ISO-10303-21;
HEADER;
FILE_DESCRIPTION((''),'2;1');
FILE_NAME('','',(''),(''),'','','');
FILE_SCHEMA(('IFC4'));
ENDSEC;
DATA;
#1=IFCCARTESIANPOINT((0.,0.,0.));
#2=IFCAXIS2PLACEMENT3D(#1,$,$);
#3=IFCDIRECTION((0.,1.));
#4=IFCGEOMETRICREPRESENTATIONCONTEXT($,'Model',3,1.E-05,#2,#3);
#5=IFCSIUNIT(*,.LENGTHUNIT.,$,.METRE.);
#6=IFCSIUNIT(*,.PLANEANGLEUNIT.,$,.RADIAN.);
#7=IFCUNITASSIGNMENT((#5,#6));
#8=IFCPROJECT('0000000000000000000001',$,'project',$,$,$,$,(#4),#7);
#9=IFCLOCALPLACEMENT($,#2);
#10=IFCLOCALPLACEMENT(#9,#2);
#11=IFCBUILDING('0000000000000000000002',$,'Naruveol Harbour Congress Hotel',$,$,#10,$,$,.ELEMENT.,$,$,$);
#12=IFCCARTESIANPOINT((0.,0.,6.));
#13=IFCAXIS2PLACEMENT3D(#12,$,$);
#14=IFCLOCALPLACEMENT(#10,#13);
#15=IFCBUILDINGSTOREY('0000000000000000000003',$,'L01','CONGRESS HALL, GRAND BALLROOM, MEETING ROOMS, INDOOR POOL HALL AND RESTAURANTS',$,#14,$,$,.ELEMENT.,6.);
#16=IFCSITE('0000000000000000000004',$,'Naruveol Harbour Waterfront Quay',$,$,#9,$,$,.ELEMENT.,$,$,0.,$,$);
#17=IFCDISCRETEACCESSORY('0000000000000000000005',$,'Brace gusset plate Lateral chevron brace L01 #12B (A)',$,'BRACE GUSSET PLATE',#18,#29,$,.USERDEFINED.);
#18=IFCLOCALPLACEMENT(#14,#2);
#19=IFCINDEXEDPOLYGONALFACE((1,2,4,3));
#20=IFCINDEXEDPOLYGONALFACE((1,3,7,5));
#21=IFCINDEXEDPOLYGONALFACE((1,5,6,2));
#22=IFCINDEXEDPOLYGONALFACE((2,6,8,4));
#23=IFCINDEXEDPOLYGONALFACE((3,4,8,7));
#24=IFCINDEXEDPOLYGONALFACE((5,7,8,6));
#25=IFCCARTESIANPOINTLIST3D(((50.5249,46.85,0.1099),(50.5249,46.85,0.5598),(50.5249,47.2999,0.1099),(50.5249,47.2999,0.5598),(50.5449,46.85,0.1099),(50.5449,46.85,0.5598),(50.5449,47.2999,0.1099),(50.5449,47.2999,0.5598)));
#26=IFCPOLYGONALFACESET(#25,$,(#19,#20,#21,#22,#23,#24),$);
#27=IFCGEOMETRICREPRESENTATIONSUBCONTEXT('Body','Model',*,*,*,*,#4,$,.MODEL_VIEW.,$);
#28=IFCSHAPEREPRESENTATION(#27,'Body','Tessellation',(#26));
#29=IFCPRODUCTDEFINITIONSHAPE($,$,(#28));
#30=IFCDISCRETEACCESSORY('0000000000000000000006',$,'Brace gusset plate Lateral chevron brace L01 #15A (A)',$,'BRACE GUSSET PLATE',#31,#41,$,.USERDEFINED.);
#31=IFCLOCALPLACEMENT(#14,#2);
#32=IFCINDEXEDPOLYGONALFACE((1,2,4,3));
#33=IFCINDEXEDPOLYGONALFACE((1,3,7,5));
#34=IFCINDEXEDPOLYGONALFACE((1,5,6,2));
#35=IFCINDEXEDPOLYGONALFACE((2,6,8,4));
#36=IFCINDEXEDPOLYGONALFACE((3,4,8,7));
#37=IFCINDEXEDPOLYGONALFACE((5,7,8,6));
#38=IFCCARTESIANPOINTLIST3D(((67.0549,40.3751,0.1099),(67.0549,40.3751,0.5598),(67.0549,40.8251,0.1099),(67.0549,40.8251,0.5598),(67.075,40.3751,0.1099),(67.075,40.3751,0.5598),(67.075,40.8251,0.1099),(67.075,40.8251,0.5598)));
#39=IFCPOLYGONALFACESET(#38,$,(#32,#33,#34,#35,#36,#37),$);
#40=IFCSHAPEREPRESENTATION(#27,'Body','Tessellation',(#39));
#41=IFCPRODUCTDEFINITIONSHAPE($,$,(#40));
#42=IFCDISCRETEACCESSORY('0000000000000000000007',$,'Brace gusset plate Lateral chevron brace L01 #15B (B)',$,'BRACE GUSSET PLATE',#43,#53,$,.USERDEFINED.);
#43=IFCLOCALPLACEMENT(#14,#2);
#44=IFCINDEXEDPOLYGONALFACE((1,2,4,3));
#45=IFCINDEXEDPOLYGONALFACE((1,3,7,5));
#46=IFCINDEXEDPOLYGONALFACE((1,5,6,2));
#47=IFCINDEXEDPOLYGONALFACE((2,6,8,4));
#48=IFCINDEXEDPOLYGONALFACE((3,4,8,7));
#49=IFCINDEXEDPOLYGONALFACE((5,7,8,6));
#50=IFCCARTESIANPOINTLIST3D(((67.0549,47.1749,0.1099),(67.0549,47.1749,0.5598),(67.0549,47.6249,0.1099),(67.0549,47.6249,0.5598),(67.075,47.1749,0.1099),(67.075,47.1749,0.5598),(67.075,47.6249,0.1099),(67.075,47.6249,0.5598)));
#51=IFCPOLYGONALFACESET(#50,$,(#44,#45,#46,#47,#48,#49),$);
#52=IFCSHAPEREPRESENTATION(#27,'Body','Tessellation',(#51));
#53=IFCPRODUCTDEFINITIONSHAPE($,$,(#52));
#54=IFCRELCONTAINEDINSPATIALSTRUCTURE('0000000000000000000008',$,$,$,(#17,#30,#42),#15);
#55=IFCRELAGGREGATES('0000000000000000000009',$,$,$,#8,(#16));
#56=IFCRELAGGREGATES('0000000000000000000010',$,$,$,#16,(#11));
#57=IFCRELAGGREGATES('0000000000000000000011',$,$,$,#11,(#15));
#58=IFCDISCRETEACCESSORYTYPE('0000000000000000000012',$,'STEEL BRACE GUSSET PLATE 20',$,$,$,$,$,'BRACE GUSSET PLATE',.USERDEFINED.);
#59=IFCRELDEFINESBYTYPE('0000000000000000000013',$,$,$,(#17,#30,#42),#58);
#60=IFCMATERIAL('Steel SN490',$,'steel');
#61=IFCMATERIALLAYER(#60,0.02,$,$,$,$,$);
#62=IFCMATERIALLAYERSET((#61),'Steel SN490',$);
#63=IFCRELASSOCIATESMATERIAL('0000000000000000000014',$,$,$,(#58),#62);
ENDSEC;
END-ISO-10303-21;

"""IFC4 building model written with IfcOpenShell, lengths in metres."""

from ifc_helpers import new_model, si_unit, direction, frame, origin, origin_2d, place, context, subcontext, project, spatial, rectangle, extrude, material, layer, layer_set, type_object, element, save


model = new_model("IFC4")

# Units and contexts
model_context = context("Model", 3, precision=1e-05, world=origin(), true_north=direction((0.0, 1.0)))
body_context = subcontext(model_context, "Body", "Model", "MODEL_VIEW")
ifc_project = project(units=[si_unit("LENGTHUNIT", "METRE"), si_unit("PLANEANGLEUNIT", "RADIAN")], contexts=[model_context])

# Site, building, storey
site_placement = place(None, origin())
site = spatial("IfcSite", under=ifc_project, at=site_placement, Name="Naruveol Harbour Waterfront Quay", CompositionType="ELEMENT", RefElevation=0.0)
building_placement = place(site_placement, origin())
building = spatial("IfcBuilding", under=site, at=building_placement, Name="Naruveol Harbour Congress Hotel", CompositionType="ELEMENT")
storey_placement = place(building_placement, frame((0.0, 0.0, 6.0)))
storey = spatial("IfcBuildingStorey", under=building, at=storey_placement, Name="L01", Description="CONGRESS HALL, GRAND BALLROOM, MEETING ROOMS, INDOOR POOL HALL AND RESTAURANTS", CompositionType="ELEMENT", Elevation=6.0)

# Discrete accessories
ifc_material_1 = material(Name="Steel SN490", Category="steel")
ifc_layer_1 = layer(ifc_material_1, 0.02)
ifc_layer_set_1 = layer_set([ifc_layer_1], Name="Steel SN490")
discrete_accessory_type = type_object("IfcDiscreteAccessoryType", Name="STEEL BRACE GUSSET PLATE 20", ElementType="BRACE GUSSET PLATE", PredefinedType="USERDEFINED", material=ifc_layer_set_1)
for number, where, z_axis, x_axis, name in (
    (1, (50.5349, 47.075, 0.1099), (0.0, 0.0, 1.0), (0.0, -1.0, 0.0), "Brace gusset plate Lateral chevron brace L01 #12B (A)"),
    (2, (67.0649, 40.6001, 0.1099), (0.0, 0.0, 1.0), (0.0, 1.0, 0.0), "Brace gusset plate Lateral chevron brace L01 #15A (A)"),
    (3, (67.0649, 47.3999, 0.1099), (0.0, 0.0, 1.0), (0.0, -1.0, 0.0), "Brace gusset plate Lateral chevron brace L01 #15B (B)"),
):
    element("IfcDiscreteAccessory", number, at=place(storey_placement, frame(where, z_axis=z_axis, x_axis=x_axis)), inside=storey, type_object=discrete_accessory_type, Name=name, ObjectType="BRACE GUSSET PLATE", PredefinedType="USERDEFINED", context=body_context, shape_type="SweptSolid", body=[
        extrude(rectangle(XDim=0.45, YDim=0.02, at=origin_2d()), origin(), (0.0, 0.0, 1.0), 0.45),
    ])

save(model, "model.ifc")
